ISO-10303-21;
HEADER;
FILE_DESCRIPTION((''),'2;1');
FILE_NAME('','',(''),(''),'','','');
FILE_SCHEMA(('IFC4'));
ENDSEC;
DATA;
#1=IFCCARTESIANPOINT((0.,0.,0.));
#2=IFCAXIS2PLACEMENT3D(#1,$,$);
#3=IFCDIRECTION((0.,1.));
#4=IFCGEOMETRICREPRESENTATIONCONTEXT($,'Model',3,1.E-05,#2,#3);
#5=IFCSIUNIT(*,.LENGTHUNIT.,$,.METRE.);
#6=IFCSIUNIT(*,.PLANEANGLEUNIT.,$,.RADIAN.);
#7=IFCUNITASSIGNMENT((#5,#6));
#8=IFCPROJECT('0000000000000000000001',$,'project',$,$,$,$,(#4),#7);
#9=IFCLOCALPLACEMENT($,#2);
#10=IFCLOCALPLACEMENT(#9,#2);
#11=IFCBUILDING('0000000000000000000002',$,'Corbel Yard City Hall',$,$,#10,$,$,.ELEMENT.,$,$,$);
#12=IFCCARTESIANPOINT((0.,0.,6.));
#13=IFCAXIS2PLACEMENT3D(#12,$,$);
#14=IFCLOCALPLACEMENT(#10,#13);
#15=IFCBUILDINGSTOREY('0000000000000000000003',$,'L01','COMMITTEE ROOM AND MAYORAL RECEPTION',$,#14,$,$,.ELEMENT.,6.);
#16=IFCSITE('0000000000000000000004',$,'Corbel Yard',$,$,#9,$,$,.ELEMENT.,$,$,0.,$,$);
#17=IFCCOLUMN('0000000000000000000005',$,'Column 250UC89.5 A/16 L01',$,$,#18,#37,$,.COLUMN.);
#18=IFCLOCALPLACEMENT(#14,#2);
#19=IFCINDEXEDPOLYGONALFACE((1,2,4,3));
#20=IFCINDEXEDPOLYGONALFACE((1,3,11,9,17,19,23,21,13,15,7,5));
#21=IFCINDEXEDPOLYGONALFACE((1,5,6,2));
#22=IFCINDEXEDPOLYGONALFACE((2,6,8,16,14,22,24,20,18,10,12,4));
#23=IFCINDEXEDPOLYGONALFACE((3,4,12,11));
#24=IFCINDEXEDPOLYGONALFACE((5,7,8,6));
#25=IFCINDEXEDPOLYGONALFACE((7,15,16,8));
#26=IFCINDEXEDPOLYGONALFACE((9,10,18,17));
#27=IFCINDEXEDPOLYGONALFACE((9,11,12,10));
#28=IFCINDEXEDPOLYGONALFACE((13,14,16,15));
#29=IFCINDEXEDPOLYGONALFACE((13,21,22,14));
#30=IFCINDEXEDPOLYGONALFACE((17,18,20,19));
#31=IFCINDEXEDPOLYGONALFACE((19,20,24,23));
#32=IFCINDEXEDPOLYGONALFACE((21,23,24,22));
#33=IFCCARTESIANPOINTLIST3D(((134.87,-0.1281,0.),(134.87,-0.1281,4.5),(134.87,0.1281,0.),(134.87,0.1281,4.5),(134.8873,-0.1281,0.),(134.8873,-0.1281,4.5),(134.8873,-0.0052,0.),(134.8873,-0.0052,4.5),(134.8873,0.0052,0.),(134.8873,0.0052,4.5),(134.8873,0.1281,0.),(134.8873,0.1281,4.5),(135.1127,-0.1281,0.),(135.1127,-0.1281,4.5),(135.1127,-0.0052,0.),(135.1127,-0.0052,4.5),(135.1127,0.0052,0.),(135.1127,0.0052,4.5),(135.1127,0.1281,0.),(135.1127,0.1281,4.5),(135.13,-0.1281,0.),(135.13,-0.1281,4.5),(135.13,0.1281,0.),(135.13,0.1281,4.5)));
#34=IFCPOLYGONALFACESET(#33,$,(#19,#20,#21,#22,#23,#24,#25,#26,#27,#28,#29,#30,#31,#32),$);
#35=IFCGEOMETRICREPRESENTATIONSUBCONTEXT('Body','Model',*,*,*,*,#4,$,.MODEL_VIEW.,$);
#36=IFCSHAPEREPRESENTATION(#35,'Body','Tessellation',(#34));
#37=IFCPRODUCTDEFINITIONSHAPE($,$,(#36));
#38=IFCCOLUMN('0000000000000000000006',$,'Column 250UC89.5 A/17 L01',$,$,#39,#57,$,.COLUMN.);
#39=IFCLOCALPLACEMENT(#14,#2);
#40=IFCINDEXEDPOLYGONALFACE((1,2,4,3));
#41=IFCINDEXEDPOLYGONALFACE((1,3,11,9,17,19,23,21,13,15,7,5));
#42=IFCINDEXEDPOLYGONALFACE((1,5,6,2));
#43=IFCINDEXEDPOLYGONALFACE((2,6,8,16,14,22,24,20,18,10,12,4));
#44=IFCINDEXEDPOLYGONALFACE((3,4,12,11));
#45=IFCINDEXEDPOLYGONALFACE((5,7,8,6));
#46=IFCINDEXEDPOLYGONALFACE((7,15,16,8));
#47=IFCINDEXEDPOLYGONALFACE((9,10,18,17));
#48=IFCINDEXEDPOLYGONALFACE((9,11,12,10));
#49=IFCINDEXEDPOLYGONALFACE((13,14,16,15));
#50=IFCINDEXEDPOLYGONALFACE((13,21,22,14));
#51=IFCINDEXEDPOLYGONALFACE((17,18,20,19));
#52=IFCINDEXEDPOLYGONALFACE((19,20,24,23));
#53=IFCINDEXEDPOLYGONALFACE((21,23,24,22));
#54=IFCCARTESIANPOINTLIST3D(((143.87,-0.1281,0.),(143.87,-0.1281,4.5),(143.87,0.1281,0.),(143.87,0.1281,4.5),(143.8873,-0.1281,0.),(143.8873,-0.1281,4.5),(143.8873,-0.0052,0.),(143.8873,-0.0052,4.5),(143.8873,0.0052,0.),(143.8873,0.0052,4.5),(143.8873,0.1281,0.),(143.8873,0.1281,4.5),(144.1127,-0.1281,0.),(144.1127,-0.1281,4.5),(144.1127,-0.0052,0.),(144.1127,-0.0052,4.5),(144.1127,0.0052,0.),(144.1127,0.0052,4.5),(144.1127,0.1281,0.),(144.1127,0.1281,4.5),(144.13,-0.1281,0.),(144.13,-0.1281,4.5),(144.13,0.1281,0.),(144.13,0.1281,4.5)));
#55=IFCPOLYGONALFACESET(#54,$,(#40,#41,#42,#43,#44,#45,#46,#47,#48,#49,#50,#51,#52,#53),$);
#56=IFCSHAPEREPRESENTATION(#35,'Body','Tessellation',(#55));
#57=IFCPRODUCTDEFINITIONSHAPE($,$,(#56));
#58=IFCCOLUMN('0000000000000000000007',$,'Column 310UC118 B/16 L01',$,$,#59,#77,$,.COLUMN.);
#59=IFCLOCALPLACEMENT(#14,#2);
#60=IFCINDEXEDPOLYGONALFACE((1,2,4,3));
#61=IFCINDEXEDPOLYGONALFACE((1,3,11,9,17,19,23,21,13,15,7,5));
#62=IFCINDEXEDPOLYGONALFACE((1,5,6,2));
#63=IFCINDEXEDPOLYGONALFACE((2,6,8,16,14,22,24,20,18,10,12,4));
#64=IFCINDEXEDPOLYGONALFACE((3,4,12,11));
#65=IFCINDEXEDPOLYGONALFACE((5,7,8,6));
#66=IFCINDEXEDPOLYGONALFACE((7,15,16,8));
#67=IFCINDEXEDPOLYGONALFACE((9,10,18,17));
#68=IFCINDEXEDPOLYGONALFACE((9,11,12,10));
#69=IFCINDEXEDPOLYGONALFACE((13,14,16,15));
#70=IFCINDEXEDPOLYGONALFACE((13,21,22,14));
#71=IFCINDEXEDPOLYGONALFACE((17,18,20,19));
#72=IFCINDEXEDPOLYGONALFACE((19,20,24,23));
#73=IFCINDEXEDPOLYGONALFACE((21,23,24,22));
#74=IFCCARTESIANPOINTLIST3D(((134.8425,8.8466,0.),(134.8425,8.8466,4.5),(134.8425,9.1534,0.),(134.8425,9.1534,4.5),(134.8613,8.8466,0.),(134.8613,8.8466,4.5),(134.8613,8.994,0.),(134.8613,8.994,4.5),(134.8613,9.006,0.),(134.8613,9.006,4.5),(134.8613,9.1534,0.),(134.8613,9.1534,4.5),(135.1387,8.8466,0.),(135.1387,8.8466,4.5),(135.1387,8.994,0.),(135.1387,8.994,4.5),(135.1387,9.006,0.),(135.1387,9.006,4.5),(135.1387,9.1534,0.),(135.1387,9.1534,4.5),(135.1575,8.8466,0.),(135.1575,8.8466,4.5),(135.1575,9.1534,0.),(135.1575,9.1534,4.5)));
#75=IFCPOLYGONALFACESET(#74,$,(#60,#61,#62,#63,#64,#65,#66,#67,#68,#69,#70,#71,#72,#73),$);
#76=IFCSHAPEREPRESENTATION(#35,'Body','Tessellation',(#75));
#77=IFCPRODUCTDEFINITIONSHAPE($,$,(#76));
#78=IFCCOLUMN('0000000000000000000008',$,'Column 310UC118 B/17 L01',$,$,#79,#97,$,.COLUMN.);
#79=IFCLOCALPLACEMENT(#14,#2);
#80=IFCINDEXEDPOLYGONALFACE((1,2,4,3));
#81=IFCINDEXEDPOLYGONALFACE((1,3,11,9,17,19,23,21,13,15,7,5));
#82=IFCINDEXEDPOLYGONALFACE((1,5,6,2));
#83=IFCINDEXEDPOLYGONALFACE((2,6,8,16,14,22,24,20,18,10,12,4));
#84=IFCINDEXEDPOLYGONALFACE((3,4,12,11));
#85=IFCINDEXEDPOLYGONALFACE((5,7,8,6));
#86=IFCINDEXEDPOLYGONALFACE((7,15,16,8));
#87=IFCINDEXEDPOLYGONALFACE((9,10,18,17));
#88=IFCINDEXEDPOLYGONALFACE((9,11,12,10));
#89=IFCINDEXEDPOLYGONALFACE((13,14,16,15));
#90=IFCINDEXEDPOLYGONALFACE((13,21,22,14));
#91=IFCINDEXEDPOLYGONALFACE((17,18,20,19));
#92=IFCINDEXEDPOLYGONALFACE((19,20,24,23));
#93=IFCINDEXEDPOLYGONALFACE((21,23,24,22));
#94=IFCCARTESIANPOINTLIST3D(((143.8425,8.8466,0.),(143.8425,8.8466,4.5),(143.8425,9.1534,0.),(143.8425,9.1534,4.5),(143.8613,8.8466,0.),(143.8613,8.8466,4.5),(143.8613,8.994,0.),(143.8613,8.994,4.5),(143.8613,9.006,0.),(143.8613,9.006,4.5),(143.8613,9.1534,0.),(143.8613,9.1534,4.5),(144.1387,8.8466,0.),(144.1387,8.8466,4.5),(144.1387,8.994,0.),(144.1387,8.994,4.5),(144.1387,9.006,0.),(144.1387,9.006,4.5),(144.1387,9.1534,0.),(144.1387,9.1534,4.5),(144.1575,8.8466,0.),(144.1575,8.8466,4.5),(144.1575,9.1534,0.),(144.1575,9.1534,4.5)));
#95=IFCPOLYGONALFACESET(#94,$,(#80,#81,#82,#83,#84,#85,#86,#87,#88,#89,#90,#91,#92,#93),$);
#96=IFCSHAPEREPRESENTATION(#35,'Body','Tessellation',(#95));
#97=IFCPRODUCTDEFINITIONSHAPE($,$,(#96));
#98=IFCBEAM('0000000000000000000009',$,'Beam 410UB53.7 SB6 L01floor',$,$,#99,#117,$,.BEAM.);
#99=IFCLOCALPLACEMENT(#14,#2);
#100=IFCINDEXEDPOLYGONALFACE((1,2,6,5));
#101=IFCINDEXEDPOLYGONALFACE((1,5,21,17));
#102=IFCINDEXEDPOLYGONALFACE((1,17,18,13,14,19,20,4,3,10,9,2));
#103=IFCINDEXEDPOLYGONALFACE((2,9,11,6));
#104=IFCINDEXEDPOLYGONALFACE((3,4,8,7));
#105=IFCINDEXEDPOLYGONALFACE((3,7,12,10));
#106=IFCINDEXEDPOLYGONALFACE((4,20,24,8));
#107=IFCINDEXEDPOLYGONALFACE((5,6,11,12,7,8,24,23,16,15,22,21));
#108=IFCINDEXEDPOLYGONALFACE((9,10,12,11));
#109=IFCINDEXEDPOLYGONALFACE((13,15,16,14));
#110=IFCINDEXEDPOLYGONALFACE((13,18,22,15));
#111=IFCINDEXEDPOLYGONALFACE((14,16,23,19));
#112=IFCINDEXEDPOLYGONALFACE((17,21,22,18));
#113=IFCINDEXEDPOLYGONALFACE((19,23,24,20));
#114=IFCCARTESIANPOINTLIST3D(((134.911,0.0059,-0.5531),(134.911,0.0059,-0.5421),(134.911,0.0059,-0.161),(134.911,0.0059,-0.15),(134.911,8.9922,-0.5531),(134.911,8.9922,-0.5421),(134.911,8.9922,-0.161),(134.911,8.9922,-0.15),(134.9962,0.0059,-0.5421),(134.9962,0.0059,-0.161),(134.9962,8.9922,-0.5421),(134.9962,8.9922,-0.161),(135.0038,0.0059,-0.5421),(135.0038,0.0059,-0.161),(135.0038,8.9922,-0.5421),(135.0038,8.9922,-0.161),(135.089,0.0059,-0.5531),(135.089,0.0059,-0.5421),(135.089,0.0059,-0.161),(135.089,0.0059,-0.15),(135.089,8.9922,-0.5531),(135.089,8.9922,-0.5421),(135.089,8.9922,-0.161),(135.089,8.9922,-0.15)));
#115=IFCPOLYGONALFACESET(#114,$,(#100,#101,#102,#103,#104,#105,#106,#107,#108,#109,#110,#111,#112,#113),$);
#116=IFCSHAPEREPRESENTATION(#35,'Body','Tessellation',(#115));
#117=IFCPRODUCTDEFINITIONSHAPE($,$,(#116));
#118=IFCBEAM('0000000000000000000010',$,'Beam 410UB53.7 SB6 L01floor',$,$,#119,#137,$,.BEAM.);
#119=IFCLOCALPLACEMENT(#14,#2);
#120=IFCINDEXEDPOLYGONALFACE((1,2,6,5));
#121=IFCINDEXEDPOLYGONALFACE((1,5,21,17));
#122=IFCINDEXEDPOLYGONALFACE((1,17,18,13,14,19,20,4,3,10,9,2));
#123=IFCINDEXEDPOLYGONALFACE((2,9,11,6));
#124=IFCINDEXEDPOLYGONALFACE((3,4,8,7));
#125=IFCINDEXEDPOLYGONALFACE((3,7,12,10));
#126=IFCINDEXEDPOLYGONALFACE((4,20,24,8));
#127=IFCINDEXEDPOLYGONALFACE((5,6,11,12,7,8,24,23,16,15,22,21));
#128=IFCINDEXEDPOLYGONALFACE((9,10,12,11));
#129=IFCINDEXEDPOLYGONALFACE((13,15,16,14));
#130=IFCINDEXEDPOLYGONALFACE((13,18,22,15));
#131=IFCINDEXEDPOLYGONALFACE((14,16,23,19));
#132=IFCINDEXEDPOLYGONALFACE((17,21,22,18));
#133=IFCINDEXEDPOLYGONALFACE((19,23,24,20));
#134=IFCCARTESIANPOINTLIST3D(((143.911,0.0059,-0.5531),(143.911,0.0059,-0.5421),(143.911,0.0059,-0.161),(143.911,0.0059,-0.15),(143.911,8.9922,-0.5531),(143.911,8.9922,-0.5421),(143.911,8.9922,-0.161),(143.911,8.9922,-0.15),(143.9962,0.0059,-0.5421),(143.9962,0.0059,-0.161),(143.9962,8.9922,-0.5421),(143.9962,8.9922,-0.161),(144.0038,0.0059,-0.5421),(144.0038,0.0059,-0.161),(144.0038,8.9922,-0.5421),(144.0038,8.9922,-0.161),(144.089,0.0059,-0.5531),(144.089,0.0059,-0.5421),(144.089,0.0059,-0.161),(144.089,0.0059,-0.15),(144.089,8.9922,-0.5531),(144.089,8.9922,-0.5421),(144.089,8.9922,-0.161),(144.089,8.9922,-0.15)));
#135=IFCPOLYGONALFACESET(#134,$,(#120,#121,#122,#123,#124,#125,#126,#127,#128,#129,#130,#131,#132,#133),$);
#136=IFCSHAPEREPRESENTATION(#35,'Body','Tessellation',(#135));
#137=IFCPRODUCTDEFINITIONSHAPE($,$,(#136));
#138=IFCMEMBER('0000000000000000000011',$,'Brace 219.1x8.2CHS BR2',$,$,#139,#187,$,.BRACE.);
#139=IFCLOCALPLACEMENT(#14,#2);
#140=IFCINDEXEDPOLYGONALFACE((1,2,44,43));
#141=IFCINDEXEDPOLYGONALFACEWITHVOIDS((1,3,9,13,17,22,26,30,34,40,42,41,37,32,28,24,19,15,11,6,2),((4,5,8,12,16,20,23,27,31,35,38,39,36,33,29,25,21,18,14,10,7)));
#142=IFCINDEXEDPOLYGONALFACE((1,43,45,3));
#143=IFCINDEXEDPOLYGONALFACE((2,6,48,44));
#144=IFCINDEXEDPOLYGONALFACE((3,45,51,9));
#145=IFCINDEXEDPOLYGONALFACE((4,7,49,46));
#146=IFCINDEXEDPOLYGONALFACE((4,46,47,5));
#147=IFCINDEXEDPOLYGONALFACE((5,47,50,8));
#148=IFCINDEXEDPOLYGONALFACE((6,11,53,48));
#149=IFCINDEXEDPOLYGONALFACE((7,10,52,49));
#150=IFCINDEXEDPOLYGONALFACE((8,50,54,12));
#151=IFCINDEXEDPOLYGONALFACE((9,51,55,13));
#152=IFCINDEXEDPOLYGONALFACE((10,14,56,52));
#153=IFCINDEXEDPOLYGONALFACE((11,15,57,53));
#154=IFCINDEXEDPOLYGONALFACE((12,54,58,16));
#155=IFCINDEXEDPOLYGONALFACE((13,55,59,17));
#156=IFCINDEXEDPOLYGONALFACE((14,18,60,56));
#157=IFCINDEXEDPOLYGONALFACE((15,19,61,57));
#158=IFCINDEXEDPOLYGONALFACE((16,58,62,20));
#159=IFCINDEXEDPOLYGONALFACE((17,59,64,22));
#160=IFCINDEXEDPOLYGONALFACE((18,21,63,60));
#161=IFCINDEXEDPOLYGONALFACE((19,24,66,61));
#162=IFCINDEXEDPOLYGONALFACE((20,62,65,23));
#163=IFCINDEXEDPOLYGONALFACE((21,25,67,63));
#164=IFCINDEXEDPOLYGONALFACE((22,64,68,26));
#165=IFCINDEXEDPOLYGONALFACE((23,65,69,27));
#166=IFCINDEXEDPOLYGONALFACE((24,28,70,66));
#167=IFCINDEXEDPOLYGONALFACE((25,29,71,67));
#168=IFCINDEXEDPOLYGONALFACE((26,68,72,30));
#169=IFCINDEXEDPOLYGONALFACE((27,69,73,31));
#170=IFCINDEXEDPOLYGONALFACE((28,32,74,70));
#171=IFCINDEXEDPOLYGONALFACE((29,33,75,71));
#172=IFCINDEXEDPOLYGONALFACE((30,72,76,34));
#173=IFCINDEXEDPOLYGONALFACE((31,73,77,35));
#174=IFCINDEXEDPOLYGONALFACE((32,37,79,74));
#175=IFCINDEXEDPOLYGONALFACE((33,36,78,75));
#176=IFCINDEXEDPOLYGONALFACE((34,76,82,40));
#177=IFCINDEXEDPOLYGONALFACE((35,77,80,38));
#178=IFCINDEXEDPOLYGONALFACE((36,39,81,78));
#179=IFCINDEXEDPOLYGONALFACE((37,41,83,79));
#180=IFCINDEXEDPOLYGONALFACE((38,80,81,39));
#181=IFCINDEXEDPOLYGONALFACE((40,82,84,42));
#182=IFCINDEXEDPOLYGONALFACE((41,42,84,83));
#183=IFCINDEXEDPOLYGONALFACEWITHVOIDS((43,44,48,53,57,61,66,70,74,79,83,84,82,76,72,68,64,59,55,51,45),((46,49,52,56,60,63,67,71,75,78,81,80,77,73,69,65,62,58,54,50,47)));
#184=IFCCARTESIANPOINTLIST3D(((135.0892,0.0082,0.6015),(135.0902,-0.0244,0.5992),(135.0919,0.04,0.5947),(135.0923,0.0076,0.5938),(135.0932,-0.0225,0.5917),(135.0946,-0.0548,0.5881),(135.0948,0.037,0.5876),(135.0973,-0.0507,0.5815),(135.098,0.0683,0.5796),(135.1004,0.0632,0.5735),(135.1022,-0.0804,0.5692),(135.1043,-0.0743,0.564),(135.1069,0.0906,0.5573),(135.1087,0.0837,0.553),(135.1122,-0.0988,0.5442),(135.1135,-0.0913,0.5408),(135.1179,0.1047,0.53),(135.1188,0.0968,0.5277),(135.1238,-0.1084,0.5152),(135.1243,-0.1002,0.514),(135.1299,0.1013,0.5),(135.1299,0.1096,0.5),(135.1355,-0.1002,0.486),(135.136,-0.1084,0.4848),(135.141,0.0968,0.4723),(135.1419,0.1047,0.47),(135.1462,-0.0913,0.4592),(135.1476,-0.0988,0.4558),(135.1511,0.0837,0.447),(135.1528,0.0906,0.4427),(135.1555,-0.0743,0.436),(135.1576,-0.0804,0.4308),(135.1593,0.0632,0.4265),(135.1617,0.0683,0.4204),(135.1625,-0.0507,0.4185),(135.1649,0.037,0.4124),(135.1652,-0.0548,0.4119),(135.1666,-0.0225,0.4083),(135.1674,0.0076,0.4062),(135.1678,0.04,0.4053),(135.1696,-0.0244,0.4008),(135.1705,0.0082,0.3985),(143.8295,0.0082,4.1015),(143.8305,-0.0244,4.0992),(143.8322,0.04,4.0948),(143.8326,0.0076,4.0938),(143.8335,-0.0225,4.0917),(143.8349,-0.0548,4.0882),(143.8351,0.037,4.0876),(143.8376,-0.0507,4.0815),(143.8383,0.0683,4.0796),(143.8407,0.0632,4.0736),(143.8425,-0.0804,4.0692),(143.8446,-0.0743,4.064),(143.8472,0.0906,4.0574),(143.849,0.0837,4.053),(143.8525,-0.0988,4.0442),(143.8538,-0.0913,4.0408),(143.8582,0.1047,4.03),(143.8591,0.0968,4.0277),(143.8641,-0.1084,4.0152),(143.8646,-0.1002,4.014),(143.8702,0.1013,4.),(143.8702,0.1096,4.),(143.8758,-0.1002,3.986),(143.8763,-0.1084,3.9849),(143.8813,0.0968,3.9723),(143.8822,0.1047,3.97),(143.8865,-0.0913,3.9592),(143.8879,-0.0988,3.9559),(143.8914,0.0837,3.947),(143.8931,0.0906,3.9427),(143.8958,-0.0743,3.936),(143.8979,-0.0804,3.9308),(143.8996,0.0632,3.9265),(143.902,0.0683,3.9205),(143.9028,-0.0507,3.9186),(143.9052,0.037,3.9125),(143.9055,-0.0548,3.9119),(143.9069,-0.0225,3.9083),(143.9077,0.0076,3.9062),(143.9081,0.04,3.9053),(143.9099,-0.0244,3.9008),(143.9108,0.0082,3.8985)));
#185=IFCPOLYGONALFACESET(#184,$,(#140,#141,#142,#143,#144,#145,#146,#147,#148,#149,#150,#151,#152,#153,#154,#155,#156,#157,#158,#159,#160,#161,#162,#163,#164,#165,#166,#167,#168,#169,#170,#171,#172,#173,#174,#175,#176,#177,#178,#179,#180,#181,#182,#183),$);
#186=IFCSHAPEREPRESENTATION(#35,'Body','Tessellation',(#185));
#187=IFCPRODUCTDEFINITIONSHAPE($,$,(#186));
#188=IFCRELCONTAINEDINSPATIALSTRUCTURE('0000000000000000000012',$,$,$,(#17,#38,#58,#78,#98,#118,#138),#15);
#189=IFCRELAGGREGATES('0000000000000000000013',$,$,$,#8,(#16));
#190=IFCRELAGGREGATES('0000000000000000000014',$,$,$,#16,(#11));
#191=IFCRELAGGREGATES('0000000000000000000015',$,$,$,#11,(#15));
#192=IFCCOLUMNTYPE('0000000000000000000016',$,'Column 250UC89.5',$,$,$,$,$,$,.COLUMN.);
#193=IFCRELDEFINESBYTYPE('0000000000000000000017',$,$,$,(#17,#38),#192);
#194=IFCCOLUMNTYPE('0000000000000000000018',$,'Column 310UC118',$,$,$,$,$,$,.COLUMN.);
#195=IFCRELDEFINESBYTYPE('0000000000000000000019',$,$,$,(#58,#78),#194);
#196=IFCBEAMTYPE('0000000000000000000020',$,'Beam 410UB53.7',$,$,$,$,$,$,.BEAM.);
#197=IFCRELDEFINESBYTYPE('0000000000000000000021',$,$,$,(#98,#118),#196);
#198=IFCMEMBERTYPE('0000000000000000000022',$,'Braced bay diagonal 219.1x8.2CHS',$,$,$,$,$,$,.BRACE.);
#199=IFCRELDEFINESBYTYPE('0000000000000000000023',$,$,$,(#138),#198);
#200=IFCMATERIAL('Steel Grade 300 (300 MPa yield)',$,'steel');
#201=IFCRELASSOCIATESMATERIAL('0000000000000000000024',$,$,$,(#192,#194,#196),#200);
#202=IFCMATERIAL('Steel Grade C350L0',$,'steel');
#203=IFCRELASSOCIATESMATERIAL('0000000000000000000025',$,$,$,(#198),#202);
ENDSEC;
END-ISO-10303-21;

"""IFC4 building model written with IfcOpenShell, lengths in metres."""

from ifc_helpers import new_model, si_unit, direction, frame, origin, origin_2d, place, context, subcontext, project, spatial, hollow_circle, i_section, extrude, material, material_profile, profile_set, type_object, element, save


model = new_model("IFC4")

# Units and contexts
model_context = context("Model", 3, precision=1e-05, world=origin(), true_north=direction((0.0, 1.0)))
body_context = subcontext(model_context, "Body", "Model", "MODEL_VIEW")
ifc_project = project(units=[si_unit("LENGTHUNIT", "METRE"), si_unit("PLANEANGLEUNIT", "RADIAN")], contexts=[model_context])

# Site, building, storey
site_placement = place(None, origin())
site = spatial("IfcSite", under=ifc_project, at=site_placement, Name="Corbel Yard", CompositionType="ELEMENT", RefElevation=0.0)
building_placement = place(site_placement, origin())
building = spatial("IfcBuilding", under=site, at=building_placement, Name="Corbel Yard City Hall", CompositionType="ELEMENT")
storey_placement = place(building_placement, frame((0.0, 0.0, 6.0)))
storey = spatial("IfcBuildingStorey", under=building, at=storey_placement, Name="L01", Description="COMMITTEE ROOM AND MAYORAL RECEPTION", CompositionType="ELEMENT", Elevation=6.0)

# Columns
ifc_material_1 = material(Name="Steel Grade 300 (300 MPa yield)", Category="steel")
ifc_material_profile_1 = material_profile(ifc_material_1, i_section(OverallWidth=0.2561, OverallDepth=0.26, WebThickness=0.0105, FlangeThickness=0.0173, at=origin_2d()), Name="250UC89.5")
ifc_profile_set_1 = profile_set([ifc_material_profile_1], Name="Steel Grade 300 (300 MPa yield)")
column_type_1 = type_object("IfcColumnType", Name="Column 250UC89.5", PredefinedType="COLUMN", material=ifc_profile_set_1)
for number, where, z_axis, x_axis, name in (
    (1, (135.0, 0.0, 0.0), (0.0, 0.0, 1.0), (0.0, 1.0, 0.0), "Column 250UC89.5 A/16 L01"),
    (2, (144.0, 0.0, 0.0), (0.0, 0.0, 1.0), (0.0, 1.0, 0.0), "Column 250UC89.5 A/17 L01"),
):
    element("IfcColumn", number, at=place(storey_placement, frame(where, z_axis=z_axis, x_axis=x_axis)), inside=storey, type_object=column_type_1, Name=name, PredefinedType="COLUMN", context=body_context, shape_type="SweptSolid", body=[
        extrude(i_section(OverallWidth=0.2561, OverallDepth=0.26, WebThickness=0.0105, FlangeThickness=0.0173, at=origin_2d()), origin(), (0.0, 0.0, 1.0), 4.5),
    ])
ifc_material_profile_2 = material_profile(ifc_material_1, i_section(OverallWidth=0.3069, OverallDepth=0.3149, WebThickness=0.012, FlangeThickness=0.0188, at=origin_2d()), Name="310UC118")
ifc_profile_set_2 = profile_set([ifc_material_profile_2], Name="Steel Grade 300 (300 MPa yield)")
column_type_2 = type_object("IfcColumnType", Name="Column 310UC118", PredefinedType="COLUMN", material=ifc_profile_set_2)
for number, where, z_axis, x_axis, name in (
    (3, (135.0, 9.0, 0.0), (0.0, 0.0, 1.0), (0.0, 1.0, 0.0), "Column 310UC118 B/16 L01"),
    (4, (144.0, 9.0, 0.0), (0.0, 0.0, 1.0), (0.0, 1.0, 0.0), "Column 310UC118 B/17 L01"),
):
    element("IfcColumn", number, at=place(storey_placement, frame(where, z_axis=z_axis, x_axis=x_axis)), inside=storey, type_object=column_type_2, Name=name, PredefinedType="COLUMN", context=body_context, shape_type="SweptSolid", body=[
        extrude(i_section(OverallWidth=0.3069, OverallDepth=0.3149, WebThickness=0.012, FlangeThickness=0.0188, at=origin_2d()), origin(), (0.0, 0.0, 1.0), 4.5),
    ])

# Beams
ifc_material_profile_3 = material_profile(ifc_material_1, i_section(OverallWidth=0.178, OverallDepth=0.4031, WebThickness=0.0076, FlangeThickness=0.011, at=origin_2d()), Name="410UB53.7")
ifc_profile_set_3 = profile_set([ifc_material_profile_3], Name="Steel Grade 300 (300 MPa yield)")
beam_type_1 = type_object("IfcBeamType", Name="Beam 410UB53.7", PredefinedType="BEAM", material=ifc_profile_set_3)
for number, where, z_axis, x_axis, name in (
    (5, (135.0, 0.0059, -0.3516), (0.0, 1.0, 0.0), (-1.0, 0.0, 0.0), "Beam 410UB53.7 SB6 L01floor"),
    (6, (144.0, 0.0059, -0.3516), (0.0, 1.0, 0.0), (-1.0, 0.0, 0.0), "Beam 410UB53.7 SB6 L01floor"),
):
    element("IfcBeam", number, at=place(storey_placement, frame(where, z_axis=z_axis, x_axis=x_axis)), inside=storey, type_object=beam_type_1, Name=name, PredefinedType="BEAM", context=body_context, shape_type="SweptSolid", body=[
        extrude(i_section(OverallWidth=0.178, OverallDepth=0.4031, WebThickness=0.0076, FlangeThickness=0.011, at=origin_2d()), origin(), (0.0, 0.0, 1.0), 8.9863),
    ])

# Member
ifc_material_2 = material(Name="Steel Grade C350L0", Category="steel")
ifc_material_profile_4 = material_profile(ifc_material_2, hollow_circle(Radius=0.1096, WallThickness=0.0083, at=origin_2d()), Name="219.1x8.2CHS")
ifc_profile_set_4 = profile_set([ifc_material_profile_4], Name="Steel Grade C350L0")
member_type = type_object("IfcMemberType", Name="Braced bay diagonal 219.1x8.2CHS", PredefinedType="BRACE", material=ifc_profile_set_4)
member_placement = place(storey_placement, frame((135.1299, 0.0, 0.5), z_axis=(0.928334, 0.0, 0.371748), x_axis=(0.0, 1.0, 0.0)))
element("IfcMember", 7, at=member_placement, inside=storey, type_object=member_type, Name="Brace 219.1x8.2CHS BR2", PredefinedType="BRACE", context=body_context, shape_type="SweptSolid", body=[
    extrude(hollow_circle(Radius=0.1096, WallThickness=0.0083, at=origin_2d()), origin(), (0.0, 0.0, 1.0), 9.415),
])

save(model, "model.ifc")
